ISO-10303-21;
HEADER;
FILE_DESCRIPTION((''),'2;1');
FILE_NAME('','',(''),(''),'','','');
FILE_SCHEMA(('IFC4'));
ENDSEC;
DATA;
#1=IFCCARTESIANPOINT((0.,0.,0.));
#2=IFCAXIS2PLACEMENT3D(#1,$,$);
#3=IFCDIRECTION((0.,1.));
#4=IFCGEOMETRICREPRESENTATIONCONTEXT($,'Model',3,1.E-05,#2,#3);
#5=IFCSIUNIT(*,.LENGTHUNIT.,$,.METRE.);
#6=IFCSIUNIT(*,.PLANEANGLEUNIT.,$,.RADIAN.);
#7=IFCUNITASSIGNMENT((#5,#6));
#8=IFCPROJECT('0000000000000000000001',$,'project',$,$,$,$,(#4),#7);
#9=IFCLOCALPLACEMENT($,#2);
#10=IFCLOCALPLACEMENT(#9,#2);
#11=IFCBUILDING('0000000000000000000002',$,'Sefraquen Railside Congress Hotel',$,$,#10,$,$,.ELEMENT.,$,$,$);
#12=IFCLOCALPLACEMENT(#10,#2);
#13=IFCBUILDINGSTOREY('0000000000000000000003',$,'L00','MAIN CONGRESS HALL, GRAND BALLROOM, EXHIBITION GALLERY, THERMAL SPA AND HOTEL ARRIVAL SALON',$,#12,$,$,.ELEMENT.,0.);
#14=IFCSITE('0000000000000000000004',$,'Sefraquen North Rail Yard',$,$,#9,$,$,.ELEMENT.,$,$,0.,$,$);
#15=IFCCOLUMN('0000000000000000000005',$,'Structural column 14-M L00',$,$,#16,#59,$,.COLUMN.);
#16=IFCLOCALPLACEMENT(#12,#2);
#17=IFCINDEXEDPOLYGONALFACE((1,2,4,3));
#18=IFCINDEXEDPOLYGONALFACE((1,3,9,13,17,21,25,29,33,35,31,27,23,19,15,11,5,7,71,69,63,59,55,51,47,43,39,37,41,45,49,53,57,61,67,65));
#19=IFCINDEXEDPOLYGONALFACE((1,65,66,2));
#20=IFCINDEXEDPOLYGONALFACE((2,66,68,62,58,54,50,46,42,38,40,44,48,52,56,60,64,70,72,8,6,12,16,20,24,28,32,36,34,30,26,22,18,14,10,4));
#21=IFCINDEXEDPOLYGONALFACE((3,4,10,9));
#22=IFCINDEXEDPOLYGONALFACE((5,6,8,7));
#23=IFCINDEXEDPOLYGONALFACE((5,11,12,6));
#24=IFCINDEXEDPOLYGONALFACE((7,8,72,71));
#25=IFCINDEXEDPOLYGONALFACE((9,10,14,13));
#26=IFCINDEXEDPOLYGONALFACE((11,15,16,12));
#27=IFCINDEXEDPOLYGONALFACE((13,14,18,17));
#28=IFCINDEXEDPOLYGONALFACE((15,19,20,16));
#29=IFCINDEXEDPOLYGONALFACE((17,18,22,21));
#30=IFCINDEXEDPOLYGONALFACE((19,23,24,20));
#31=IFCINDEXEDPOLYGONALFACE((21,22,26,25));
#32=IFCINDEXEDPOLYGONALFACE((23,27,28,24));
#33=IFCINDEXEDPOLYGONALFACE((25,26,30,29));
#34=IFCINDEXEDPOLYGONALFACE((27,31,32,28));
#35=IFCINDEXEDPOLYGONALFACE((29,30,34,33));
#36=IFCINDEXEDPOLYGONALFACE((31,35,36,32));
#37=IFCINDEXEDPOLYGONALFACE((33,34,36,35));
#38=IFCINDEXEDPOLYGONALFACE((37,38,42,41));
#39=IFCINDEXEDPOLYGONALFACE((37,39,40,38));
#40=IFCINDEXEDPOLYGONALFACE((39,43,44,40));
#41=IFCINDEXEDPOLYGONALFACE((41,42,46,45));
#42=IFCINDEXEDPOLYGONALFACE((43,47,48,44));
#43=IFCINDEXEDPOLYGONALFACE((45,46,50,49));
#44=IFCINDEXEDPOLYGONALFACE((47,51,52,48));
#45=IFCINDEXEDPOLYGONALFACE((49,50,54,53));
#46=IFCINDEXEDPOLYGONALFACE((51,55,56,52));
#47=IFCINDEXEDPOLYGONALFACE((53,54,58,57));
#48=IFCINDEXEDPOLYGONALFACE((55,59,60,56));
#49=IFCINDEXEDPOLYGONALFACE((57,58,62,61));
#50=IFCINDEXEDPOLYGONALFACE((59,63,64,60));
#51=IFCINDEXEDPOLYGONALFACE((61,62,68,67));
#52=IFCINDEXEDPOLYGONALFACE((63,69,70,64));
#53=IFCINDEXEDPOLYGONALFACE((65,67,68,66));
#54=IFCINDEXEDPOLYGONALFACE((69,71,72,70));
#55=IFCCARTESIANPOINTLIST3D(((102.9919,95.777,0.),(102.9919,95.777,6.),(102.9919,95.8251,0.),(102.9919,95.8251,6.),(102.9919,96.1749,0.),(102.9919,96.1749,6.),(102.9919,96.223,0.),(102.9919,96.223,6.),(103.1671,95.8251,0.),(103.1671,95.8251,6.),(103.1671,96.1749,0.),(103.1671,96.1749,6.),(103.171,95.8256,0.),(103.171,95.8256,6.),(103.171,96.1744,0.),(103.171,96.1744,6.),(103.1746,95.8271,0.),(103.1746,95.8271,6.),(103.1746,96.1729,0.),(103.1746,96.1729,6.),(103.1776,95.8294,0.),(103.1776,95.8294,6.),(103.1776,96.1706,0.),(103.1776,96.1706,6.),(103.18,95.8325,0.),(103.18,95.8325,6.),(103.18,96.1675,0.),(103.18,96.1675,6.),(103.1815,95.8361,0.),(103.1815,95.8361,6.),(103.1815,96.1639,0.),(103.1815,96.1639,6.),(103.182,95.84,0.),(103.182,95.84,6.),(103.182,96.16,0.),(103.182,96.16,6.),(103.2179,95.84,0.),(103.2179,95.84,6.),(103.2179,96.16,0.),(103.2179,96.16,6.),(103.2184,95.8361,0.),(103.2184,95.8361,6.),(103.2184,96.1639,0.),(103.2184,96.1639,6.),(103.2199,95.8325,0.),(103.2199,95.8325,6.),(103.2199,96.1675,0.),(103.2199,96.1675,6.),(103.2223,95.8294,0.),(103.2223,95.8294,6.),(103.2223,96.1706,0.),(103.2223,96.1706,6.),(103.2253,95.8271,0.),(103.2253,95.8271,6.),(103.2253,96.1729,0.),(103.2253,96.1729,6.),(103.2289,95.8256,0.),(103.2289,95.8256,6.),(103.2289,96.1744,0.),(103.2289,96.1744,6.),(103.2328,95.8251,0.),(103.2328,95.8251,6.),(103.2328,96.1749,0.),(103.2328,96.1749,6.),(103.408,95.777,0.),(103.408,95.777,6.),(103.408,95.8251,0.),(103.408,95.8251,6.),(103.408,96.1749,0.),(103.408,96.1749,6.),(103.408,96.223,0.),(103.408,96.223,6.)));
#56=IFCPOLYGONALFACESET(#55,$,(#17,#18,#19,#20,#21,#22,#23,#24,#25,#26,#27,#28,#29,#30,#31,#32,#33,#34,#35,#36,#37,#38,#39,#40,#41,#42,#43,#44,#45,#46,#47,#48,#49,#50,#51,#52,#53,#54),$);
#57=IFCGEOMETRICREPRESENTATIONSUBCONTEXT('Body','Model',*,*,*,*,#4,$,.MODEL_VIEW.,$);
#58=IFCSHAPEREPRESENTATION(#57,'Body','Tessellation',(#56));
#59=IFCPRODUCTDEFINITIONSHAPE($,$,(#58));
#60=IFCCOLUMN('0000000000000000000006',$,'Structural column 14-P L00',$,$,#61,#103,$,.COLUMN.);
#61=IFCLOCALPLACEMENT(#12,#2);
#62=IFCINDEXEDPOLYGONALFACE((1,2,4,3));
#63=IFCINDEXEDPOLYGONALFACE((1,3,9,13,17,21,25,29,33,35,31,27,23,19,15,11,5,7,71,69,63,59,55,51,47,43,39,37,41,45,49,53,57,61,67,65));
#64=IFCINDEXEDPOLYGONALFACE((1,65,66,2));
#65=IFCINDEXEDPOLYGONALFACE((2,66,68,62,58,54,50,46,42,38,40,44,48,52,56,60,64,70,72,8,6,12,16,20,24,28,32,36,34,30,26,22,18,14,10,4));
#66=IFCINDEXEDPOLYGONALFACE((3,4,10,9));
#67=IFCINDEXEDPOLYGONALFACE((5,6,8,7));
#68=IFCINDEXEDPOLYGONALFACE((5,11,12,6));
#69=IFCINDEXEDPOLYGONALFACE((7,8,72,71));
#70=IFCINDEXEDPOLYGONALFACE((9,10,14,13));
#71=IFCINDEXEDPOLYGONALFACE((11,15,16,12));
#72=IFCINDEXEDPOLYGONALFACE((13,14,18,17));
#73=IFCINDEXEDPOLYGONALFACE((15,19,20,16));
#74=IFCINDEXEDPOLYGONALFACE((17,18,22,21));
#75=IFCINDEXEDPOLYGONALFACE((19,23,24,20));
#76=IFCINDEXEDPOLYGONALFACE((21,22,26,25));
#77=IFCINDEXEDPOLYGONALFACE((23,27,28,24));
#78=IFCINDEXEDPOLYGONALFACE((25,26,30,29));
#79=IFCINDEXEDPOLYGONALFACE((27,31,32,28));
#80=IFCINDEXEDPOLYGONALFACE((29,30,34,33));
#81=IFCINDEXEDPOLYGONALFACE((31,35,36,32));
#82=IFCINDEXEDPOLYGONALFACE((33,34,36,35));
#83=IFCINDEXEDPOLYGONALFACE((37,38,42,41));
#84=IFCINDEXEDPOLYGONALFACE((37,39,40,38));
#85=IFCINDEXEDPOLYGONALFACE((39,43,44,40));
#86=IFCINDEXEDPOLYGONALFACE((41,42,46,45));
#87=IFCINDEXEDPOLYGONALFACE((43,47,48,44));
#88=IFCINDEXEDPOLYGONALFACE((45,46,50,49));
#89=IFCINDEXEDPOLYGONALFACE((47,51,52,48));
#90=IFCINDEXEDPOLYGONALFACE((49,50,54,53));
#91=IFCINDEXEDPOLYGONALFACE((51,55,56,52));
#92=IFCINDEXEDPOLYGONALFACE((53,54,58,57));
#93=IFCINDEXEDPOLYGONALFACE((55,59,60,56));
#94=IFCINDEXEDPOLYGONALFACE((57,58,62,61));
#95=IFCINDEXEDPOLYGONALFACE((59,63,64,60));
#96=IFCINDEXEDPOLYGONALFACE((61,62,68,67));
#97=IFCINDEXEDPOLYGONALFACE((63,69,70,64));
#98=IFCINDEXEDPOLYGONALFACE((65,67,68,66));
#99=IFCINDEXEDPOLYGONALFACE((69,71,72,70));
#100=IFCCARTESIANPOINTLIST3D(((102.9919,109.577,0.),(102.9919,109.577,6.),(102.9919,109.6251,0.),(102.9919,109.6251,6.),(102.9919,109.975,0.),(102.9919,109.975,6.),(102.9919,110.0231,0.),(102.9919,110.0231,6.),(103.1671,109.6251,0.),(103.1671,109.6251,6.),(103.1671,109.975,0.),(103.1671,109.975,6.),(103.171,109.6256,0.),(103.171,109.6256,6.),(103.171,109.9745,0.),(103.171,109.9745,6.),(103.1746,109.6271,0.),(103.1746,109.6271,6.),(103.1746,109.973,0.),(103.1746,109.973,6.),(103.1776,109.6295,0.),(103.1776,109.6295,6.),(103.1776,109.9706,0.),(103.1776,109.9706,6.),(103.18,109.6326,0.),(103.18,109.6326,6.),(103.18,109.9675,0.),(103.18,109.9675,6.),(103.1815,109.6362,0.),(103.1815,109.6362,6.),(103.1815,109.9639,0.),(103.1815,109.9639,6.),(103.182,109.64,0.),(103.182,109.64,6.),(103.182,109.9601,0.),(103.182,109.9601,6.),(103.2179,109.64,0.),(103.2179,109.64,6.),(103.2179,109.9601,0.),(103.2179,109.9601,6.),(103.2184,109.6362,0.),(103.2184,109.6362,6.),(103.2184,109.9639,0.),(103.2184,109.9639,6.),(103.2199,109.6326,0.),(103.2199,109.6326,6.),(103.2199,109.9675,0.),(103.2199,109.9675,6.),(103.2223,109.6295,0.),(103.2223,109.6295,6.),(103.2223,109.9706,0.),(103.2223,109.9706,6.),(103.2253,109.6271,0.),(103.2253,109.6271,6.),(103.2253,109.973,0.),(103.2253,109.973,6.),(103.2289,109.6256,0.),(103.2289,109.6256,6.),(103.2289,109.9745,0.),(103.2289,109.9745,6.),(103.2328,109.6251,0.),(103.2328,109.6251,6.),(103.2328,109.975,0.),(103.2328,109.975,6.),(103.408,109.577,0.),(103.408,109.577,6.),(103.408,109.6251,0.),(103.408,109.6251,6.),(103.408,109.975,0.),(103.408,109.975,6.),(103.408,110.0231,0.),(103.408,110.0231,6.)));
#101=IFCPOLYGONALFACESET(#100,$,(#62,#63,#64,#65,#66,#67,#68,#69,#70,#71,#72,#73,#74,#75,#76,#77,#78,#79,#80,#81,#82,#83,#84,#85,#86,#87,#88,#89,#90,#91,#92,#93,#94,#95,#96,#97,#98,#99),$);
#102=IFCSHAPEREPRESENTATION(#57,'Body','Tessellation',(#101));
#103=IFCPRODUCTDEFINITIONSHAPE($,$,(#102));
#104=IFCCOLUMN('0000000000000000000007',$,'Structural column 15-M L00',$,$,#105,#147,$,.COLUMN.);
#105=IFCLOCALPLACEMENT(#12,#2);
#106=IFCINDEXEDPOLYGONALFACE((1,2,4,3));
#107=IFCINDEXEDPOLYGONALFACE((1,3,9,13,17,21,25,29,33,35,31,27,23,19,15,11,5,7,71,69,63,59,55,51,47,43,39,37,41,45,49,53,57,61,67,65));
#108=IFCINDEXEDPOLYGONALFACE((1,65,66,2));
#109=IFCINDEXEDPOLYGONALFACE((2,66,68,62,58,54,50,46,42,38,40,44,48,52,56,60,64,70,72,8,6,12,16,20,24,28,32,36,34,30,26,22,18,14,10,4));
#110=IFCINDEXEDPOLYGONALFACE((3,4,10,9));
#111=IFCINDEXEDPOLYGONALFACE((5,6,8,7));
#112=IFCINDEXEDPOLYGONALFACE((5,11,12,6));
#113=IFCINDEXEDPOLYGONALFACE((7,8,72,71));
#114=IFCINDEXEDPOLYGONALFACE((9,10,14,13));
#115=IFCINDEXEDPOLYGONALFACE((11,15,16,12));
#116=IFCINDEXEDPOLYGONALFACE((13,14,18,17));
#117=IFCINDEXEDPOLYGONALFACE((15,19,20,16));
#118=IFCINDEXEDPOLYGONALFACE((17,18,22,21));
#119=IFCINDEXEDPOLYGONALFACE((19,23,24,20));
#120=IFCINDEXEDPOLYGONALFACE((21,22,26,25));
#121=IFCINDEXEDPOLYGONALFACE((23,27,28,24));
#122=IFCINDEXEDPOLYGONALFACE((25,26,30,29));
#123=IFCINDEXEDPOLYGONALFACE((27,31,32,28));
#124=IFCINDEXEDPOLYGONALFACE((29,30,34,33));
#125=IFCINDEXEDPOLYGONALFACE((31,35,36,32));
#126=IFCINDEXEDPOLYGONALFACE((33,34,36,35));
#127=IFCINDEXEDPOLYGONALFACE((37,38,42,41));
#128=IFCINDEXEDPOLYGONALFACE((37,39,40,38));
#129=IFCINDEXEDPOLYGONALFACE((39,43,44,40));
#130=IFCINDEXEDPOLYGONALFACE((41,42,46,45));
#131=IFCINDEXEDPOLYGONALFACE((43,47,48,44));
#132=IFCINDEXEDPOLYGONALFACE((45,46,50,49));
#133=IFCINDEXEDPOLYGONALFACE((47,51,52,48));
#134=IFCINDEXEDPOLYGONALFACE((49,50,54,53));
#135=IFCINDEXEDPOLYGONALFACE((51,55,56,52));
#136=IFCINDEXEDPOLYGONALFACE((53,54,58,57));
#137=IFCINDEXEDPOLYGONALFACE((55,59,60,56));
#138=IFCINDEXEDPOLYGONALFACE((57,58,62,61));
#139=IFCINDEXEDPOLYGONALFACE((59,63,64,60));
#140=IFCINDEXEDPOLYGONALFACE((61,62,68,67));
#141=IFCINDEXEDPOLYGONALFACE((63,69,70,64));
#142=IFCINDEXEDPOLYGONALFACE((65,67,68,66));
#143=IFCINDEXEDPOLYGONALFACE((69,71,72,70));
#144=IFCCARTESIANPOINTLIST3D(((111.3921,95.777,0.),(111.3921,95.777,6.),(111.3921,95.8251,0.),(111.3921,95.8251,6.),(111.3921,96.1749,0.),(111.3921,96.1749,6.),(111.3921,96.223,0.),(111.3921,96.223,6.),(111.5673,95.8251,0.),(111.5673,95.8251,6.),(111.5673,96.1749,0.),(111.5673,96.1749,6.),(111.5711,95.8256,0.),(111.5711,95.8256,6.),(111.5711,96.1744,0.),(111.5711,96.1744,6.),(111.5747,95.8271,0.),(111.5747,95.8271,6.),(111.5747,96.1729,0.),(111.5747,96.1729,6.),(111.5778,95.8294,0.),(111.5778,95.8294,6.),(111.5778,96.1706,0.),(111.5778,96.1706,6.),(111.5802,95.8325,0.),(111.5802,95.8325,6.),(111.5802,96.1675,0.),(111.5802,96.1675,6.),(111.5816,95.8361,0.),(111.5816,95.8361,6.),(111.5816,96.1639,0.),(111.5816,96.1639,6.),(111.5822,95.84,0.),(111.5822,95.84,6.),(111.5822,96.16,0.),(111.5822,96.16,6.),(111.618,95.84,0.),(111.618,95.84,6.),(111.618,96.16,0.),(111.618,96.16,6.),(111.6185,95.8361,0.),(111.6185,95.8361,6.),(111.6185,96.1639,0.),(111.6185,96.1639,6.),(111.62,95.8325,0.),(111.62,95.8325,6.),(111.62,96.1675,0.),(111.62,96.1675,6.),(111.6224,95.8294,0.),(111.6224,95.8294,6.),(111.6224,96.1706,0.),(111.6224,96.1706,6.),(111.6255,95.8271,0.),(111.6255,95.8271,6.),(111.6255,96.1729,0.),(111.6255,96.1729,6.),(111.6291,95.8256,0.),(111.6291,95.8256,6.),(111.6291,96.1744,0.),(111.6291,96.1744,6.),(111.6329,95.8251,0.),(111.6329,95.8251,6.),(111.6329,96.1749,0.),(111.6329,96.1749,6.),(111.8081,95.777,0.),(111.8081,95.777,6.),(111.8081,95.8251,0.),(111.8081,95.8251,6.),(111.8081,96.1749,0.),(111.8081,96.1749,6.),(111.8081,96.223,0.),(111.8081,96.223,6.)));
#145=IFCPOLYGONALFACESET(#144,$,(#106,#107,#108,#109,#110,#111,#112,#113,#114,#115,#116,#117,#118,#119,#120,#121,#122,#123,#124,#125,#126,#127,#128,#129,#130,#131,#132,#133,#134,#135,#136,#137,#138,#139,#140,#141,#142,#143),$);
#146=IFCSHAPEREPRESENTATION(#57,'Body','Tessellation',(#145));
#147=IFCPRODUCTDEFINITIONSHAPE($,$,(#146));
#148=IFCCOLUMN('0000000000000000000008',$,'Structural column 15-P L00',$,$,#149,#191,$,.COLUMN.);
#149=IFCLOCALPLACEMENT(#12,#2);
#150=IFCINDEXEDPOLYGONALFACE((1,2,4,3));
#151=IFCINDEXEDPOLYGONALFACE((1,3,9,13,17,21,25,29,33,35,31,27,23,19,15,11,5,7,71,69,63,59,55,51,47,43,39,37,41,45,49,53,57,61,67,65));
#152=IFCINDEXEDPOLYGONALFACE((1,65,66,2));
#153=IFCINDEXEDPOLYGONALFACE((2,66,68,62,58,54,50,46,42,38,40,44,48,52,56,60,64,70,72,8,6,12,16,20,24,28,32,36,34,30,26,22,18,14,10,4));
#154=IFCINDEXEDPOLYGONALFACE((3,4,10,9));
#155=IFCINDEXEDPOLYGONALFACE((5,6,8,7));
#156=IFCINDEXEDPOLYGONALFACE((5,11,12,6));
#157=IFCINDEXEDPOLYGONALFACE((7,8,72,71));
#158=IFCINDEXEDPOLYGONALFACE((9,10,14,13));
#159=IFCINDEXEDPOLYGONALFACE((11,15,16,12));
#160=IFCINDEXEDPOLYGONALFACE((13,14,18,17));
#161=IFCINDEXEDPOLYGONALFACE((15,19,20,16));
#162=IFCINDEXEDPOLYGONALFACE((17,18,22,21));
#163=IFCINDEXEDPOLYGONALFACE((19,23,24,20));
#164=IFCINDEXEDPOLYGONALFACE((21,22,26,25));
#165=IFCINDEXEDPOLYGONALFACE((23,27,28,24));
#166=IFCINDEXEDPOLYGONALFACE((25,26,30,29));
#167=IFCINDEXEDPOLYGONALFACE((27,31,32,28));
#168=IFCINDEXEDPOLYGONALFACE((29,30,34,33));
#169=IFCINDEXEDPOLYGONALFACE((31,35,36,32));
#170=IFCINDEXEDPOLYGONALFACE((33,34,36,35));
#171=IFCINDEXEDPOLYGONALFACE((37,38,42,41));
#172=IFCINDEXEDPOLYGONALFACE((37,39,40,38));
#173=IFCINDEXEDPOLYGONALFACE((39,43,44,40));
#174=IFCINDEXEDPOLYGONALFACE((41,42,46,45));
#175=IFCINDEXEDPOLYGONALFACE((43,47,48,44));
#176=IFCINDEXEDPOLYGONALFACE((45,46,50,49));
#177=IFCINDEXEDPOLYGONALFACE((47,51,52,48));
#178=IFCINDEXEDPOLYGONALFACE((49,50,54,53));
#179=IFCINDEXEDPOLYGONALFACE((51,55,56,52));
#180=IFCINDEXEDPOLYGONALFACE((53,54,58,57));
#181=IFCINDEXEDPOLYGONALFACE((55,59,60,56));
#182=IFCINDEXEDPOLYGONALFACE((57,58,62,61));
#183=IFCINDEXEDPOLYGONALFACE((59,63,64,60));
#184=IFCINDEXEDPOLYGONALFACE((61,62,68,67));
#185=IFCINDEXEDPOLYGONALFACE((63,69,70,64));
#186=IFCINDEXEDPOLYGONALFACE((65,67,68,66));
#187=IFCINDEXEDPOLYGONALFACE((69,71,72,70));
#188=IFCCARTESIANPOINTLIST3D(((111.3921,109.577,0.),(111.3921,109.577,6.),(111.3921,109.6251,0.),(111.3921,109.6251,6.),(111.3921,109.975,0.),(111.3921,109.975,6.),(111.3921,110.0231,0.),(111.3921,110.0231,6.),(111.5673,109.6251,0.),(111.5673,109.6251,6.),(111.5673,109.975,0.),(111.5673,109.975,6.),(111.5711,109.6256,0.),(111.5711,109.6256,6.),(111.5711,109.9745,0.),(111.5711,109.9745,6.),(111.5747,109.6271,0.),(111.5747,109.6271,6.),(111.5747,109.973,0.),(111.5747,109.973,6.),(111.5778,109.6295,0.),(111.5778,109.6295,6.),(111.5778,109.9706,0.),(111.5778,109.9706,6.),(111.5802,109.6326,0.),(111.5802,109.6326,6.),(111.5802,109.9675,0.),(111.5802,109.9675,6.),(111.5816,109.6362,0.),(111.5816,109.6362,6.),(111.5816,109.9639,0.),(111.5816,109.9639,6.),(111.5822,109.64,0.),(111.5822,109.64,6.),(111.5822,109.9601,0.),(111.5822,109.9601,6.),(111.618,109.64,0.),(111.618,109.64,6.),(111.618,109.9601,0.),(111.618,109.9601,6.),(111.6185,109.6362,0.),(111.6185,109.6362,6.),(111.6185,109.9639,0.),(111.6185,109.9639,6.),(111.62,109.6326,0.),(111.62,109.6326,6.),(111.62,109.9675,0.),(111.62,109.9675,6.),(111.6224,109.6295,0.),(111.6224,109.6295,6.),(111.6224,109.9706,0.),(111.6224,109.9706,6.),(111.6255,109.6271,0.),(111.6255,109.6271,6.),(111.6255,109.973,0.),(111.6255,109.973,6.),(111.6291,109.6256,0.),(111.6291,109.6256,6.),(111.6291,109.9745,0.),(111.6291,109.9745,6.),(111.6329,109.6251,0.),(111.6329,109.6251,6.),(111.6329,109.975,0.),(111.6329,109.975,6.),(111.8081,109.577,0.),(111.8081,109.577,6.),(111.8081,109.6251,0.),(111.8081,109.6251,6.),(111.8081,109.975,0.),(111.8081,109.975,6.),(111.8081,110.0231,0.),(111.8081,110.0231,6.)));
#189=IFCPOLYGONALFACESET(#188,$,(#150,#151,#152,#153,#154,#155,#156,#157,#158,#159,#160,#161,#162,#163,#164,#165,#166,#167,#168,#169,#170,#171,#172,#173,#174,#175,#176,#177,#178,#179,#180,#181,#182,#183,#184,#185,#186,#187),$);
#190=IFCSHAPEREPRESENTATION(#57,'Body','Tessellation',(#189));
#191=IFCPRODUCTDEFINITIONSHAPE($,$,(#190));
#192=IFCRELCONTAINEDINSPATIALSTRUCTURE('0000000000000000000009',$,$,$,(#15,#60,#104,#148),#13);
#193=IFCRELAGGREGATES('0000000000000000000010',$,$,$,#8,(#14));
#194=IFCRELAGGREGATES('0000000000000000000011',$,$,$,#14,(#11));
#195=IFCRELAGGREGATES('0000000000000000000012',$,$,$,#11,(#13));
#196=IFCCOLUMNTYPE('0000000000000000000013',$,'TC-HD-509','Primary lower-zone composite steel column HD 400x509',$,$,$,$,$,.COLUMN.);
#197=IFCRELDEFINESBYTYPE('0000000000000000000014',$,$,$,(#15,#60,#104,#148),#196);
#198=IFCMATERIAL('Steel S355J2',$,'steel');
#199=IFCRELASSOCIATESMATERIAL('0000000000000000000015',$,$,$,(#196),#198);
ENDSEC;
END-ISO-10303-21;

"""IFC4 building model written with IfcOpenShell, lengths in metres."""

from ifc_helpers import new_model, si_unit, direction, frame, origin, origin_2d, place, context, subcontext, project, spatial, i_section, extrude, material, material_profile, profile_set, type_object, element, save


model = new_model("IFC4")

# Units and contexts
model_context = context("Model", 3, precision=1e-05, world=origin(), true_north=direction((0.0, 1.0)))
body_context = subcontext(model_context, "Body", "Model", "MODEL_VIEW")
ifc_project = project(units=[si_unit("LENGTHUNIT", "METRE"), si_unit("PLANEANGLEUNIT", "RADIAN")], contexts=[model_context])

# Site, building, storey
site_placement = place(None, origin())
site = spatial("IfcSite", under=ifc_project, at=site_placement, Name="Sefraquen North Rail Yard", CompositionType="ELEMENT", RefElevation=0.0)
building_placement = place(site_placement, origin())
building = spatial("IfcBuilding", under=site, at=building_placement, Name="Sefraquen Railside Congress Hotel", CompositionType="ELEMENT")
storey_placement = place(building_placement, origin())
storey = spatial("IfcBuildingStorey", under=building, at=storey_placement, Name="L00", Description="MAIN CONGRESS HALL, GRAND BALLROOM, EXHIBITION GALLERY, THERMAL SPA AND HOTEL ARRIVAL SALON", CompositionType="ELEMENT", Elevation=0.0)

# Columns
ifc_material_1 = material(Name="Steel S355J2", Category="steel")
ifc_material_profile_1 = material_profile(ifc_material_1, i_section(OverallWidth=0.416, OverallDepth=0.446, WebThickness=0.0359, FlangeThickness=0.0481, FilletRadius=0.0149, at=origin_2d()), Name="HD 400x509")
ifc_profile_set_1 = profile_set([ifc_material_profile_1], Name="Steel S355J2")
column_type_1 = type_object("IfcColumnType", Name="TC-HD-509", Description="Primary lower-zone composite steel column HD 400x509", PredefinedType="COLUMN", material=ifc_profile_set_1)
for number, where, z_axis, x_axis, name in (
    (1, (103.2, 96.0, 0.0), (0.0, 0.0, 1.0), (1.0, 0.0, 0.0), "Structural column 14-M L00"),
    (2, (103.2, 109.8, 0.0), (0.0, 0.0, 1.0), (1.0, 0.0, 0.0), "Structural column 14-P L00"),
    (3, (111.6001, 96.0, 0.0), (0.0, 0.0, 1.0), (1.0, 0.0, 0.0), "Structural column 15-M L00"),
    (4, (111.6001, 109.8, 0.0), (0.0, 0.0, 1.0), (1.0, 0.0, 0.0), "Structural column 15-P L00"),
):
    element("IfcColumn", number, at=place(storey_placement, frame(where, z_axis=z_axis, x_axis=x_axis)), inside=storey, type_object=column_type_1, Name=name, PredefinedType="COLUMN", context=body_context, shape_type="SweptSolid", body=[
        extrude(i_section(OverallWidth=0.416, OverallDepth=0.446, WebThickness=0.0359, FlangeThickness=0.0481, FilletRadius=0.0149, at=origin_2d()), origin(), (0.0, 0.0, 1.0), 6.0),
    ])

save(model, "model.ifc")
